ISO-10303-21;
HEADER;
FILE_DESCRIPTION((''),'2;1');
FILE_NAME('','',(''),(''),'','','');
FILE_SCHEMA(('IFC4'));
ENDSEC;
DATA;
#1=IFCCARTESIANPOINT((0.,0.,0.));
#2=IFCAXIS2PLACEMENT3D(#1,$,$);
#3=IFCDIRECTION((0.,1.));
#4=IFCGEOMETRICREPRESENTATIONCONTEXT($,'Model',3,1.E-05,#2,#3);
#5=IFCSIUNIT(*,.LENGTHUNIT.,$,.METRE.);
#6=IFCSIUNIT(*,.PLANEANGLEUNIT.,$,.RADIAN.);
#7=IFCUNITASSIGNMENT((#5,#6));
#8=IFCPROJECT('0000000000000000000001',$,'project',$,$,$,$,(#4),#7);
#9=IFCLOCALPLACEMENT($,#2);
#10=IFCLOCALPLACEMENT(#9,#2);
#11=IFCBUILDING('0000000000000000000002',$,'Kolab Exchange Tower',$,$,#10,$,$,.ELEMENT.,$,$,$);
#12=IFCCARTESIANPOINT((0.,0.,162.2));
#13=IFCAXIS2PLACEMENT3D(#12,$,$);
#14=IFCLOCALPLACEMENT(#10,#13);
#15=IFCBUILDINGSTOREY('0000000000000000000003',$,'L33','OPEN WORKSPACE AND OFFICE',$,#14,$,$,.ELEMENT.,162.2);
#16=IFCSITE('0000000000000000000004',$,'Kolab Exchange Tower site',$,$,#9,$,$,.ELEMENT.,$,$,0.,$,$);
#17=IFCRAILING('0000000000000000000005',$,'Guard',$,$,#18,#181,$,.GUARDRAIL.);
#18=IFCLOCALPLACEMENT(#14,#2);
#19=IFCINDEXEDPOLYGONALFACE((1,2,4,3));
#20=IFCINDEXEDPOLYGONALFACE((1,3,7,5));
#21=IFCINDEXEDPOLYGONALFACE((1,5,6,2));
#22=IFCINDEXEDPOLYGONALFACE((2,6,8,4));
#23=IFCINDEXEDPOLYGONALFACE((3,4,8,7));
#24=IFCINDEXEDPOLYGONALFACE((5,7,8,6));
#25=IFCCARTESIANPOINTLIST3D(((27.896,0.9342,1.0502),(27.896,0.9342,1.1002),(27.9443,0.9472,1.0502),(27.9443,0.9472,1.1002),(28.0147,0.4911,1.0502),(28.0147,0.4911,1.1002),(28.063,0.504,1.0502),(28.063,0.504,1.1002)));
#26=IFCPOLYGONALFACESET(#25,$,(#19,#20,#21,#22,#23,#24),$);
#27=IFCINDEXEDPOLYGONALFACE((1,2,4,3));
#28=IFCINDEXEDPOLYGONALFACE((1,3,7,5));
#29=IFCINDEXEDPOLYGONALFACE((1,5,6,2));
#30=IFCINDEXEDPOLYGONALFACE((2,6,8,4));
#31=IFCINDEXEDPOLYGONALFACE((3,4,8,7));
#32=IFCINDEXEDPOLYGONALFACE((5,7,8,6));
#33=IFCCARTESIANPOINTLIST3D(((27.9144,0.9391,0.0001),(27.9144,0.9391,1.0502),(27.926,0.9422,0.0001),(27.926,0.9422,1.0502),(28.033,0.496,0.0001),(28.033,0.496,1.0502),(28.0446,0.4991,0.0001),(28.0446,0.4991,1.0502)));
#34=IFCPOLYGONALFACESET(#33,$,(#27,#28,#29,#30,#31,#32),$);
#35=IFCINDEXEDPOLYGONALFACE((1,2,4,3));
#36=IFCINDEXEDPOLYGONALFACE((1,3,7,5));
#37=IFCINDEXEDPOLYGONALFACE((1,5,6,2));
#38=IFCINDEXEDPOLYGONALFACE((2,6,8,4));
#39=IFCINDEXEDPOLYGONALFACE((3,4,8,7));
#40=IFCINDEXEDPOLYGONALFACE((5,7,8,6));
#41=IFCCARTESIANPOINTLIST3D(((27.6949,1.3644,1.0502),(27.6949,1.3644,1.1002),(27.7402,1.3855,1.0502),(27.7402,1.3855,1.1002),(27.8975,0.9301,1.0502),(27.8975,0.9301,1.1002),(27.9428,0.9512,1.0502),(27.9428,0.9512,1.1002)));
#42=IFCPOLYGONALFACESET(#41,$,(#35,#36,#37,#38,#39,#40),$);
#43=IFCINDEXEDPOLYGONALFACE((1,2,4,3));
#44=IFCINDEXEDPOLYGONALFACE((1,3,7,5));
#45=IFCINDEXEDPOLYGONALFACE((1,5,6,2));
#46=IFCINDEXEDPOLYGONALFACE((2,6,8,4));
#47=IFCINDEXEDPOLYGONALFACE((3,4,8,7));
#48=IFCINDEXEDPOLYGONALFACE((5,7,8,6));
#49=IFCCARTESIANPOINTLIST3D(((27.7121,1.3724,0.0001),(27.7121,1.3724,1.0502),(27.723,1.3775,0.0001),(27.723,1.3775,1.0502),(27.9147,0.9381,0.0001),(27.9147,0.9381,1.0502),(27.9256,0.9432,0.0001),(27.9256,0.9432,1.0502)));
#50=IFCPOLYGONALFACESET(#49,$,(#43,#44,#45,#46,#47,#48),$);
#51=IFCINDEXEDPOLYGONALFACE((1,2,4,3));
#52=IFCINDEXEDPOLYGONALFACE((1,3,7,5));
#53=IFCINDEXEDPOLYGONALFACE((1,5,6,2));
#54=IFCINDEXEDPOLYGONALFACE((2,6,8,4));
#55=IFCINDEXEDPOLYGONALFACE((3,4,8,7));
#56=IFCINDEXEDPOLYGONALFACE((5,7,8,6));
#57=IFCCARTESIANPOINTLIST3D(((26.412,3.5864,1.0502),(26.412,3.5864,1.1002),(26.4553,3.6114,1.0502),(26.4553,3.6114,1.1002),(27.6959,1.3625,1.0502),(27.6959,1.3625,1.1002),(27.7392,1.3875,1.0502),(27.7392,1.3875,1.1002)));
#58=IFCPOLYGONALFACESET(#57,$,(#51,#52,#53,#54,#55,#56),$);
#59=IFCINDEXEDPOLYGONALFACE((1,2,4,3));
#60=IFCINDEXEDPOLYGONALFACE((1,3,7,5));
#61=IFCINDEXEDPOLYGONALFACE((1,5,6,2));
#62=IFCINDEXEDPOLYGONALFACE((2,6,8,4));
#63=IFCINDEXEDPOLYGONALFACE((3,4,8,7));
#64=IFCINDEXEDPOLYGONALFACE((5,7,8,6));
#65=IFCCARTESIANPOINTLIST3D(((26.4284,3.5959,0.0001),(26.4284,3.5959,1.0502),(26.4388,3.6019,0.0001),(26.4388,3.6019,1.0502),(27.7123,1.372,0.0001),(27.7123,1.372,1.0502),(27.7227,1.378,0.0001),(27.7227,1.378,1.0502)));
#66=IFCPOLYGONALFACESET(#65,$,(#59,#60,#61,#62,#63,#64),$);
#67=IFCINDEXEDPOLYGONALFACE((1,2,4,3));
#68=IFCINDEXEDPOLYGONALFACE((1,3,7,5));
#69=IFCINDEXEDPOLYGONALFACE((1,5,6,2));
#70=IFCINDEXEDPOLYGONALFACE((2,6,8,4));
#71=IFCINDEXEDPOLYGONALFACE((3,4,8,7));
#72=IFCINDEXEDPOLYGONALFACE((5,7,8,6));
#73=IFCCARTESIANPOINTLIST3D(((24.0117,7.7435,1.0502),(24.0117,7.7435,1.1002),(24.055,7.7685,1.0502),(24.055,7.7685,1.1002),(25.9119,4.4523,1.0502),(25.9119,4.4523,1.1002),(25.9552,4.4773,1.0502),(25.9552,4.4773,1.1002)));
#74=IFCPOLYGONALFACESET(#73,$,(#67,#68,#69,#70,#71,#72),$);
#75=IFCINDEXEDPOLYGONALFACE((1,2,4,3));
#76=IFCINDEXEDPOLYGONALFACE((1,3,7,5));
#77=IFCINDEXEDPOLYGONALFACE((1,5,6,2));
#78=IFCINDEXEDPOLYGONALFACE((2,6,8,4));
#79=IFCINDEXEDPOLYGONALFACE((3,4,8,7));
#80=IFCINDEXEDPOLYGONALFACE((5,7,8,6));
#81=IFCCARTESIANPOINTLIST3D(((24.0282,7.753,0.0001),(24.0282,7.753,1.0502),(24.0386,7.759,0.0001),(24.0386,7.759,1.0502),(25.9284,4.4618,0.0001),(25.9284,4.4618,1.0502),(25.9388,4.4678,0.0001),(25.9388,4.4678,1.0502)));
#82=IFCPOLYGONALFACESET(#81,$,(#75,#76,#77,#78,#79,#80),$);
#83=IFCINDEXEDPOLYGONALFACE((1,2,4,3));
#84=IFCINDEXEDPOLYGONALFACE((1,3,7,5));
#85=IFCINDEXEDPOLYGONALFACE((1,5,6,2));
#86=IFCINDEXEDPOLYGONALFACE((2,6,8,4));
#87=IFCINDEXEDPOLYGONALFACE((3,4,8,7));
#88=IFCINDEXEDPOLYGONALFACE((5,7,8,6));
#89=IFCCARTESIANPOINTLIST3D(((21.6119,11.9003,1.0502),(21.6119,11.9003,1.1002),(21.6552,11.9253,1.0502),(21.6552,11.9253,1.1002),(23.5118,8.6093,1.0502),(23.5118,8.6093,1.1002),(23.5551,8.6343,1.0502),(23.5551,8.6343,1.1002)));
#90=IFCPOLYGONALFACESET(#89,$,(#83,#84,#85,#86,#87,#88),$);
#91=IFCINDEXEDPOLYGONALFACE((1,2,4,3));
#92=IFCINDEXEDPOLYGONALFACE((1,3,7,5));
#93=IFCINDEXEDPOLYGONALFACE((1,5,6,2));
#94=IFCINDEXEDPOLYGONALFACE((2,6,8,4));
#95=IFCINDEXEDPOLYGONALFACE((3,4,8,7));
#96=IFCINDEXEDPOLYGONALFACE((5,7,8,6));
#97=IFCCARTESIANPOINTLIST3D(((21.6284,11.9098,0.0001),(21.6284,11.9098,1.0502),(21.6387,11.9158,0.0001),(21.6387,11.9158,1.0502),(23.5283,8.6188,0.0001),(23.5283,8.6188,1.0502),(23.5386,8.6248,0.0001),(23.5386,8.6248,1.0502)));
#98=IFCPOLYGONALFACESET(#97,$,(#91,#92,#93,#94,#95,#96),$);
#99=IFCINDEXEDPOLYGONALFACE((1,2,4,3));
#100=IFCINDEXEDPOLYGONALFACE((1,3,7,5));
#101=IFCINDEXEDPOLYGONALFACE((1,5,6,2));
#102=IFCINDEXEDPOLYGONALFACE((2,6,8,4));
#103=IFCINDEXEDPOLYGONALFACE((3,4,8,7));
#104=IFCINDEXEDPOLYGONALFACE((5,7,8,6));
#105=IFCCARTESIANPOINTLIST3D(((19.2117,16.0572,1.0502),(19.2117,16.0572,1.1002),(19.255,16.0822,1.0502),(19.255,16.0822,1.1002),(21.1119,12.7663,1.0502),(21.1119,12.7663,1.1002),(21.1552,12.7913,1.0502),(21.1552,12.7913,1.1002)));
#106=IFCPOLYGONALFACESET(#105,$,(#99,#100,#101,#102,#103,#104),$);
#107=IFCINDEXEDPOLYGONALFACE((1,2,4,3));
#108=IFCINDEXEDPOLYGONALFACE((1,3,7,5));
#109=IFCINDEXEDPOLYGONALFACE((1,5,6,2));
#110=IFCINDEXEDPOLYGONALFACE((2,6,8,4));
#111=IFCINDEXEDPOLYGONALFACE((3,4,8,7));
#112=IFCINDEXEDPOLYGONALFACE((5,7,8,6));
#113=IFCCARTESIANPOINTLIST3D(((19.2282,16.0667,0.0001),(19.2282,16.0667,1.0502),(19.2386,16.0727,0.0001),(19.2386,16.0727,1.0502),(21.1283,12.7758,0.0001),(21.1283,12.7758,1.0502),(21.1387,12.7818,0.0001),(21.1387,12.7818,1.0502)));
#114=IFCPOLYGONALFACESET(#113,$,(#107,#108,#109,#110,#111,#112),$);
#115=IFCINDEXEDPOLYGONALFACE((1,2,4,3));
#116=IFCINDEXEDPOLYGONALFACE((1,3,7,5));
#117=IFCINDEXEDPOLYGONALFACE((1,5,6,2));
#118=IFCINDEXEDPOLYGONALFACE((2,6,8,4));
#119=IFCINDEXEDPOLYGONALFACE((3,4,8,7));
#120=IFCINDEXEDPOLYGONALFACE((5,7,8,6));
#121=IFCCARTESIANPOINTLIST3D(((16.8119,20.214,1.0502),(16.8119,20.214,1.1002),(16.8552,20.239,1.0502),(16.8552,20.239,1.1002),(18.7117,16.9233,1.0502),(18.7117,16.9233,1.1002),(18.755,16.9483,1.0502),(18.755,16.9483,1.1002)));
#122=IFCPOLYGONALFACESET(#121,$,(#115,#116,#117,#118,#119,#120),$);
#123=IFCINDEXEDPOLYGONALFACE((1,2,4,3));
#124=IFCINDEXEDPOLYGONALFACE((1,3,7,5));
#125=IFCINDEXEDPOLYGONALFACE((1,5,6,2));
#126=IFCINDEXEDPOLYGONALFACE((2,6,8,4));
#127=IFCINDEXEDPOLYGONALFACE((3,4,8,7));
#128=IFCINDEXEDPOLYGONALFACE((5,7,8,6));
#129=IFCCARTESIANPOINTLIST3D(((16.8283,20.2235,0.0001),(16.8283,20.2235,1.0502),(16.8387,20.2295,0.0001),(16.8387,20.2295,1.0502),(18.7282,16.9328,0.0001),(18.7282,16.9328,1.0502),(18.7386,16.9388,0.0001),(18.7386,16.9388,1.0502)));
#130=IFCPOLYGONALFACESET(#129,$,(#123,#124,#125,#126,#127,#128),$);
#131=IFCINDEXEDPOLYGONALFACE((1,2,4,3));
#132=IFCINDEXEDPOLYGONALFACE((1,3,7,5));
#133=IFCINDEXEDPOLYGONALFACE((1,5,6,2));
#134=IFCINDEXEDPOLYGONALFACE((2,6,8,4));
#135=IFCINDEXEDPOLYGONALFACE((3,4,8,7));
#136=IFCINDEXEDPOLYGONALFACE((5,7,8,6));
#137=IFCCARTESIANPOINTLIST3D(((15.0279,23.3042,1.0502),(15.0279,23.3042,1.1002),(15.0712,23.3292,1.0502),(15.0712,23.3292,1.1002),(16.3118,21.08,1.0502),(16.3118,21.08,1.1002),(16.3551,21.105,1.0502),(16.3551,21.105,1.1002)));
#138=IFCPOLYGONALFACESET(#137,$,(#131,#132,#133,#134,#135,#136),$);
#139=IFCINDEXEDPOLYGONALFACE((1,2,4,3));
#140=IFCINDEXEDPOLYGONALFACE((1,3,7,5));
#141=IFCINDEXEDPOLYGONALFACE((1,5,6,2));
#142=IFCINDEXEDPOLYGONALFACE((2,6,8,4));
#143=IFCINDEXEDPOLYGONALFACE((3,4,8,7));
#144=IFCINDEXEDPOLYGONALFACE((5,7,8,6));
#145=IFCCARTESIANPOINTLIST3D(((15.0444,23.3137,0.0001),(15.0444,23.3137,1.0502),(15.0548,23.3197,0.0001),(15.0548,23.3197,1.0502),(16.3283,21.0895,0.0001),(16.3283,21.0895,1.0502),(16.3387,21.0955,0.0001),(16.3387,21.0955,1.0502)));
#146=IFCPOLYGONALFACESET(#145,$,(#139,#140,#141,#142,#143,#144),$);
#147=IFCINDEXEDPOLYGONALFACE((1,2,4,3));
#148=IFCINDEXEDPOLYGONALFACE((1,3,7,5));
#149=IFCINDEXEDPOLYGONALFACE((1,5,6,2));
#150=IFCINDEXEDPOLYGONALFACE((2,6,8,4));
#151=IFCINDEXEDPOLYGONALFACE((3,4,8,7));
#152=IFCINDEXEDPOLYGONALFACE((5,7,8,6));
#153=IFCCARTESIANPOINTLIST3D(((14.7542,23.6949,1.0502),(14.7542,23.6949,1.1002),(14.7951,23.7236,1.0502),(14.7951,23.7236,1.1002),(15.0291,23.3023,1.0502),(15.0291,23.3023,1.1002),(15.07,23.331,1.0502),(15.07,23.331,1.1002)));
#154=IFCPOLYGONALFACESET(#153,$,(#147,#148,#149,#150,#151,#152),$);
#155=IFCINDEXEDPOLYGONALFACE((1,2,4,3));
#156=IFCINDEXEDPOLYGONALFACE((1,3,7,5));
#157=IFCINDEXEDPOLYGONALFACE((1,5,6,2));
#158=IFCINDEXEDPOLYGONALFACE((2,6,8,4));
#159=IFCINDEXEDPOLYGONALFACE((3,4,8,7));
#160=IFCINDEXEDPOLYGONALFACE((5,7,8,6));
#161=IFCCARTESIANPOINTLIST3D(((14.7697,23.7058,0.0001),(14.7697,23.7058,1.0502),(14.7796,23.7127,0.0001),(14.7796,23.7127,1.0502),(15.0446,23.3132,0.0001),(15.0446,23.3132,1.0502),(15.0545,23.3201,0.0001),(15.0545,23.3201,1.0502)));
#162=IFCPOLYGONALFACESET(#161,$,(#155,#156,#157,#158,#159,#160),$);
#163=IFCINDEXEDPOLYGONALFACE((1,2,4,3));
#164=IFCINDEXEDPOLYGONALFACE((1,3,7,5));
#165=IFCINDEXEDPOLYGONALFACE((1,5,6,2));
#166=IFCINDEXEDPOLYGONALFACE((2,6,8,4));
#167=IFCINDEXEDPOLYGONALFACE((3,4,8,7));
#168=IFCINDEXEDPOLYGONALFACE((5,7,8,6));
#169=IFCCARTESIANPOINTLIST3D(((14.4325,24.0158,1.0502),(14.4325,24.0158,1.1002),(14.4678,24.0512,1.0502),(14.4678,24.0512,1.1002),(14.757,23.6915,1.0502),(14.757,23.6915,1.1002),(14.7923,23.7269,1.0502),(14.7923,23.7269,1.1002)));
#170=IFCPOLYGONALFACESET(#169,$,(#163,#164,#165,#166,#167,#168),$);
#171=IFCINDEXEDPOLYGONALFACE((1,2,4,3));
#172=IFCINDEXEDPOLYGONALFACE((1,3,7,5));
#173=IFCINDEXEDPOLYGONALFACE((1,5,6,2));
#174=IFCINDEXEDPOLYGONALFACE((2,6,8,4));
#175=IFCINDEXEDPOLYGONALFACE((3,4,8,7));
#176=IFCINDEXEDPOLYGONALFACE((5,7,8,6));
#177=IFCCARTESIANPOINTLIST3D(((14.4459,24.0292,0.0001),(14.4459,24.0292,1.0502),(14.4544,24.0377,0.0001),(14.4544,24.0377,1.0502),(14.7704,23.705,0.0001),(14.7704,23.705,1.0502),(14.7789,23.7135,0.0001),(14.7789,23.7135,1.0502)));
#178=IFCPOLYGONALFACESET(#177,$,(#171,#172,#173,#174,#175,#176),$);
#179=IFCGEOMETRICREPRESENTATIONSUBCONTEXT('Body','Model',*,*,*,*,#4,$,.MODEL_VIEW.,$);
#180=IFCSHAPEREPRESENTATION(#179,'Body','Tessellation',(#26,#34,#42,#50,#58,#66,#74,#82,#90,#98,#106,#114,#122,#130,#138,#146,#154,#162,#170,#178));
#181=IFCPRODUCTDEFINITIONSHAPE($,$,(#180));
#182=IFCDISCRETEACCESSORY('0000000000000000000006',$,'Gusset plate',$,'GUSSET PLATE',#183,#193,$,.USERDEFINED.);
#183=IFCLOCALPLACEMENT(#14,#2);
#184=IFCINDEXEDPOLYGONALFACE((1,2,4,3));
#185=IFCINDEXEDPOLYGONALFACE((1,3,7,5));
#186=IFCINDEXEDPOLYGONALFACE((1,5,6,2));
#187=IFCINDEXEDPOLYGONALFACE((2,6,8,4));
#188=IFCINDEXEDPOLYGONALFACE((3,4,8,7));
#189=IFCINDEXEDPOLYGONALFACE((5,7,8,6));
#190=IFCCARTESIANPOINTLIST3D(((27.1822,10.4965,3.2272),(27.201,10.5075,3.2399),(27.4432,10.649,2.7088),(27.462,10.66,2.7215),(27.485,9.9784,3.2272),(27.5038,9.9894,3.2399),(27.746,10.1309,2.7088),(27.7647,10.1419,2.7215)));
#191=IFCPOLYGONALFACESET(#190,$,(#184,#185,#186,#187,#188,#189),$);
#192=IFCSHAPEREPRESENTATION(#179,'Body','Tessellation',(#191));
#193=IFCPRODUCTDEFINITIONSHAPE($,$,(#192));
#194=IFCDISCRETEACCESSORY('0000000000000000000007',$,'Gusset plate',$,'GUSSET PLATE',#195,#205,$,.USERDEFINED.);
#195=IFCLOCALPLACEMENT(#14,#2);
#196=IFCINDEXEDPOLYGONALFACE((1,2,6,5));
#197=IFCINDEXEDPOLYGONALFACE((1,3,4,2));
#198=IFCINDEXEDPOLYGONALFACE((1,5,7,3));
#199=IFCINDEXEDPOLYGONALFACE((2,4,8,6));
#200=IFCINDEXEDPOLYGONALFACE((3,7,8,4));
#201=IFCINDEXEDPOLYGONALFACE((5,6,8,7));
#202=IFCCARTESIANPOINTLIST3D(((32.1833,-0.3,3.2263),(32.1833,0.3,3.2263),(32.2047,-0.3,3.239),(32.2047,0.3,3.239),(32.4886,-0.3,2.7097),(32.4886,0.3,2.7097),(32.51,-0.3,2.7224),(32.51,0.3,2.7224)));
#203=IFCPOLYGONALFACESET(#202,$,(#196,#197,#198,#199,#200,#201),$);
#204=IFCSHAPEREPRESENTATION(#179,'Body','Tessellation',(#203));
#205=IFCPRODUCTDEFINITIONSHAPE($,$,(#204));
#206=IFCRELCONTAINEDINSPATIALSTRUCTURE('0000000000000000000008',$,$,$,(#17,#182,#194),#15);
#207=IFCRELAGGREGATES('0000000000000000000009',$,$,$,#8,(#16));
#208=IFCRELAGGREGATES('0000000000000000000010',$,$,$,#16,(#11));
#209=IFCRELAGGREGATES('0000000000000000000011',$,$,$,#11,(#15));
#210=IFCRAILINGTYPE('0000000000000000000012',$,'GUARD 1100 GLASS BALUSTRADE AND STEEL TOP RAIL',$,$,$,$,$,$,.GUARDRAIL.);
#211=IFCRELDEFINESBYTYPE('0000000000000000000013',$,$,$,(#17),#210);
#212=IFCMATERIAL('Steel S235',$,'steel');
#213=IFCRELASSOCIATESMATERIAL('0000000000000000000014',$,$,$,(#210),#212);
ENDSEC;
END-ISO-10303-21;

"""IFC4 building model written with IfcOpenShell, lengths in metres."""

from ifc_helpers import new_model, si_unit, direction, frame, frame_2d, origin, origin_2d, place, context, subcontext, project, spatial, rectangle, extrude, material, type_object, element, save


model = new_model("IFC4")

# Units and contexts
model_context = context("Model", 3, precision=1e-05, world=origin(), true_north=direction((0.0, 1.0)))
body_context = subcontext(model_context, "Body", "Model", "MODEL_VIEW")
ifc_project = project(units=[si_unit("LENGTHUNIT", "METRE"), si_unit("PLANEANGLEUNIT", "RADIAN")], contexts=[model_context])

# Site, building, storey
site_placement = place(None, origin())
site = spatial("IfcSite", under=ifc_project, at=site_placement, Name="Kolab Exchange Tower site", CompositionType="ELEMENT", RefElevation=0.0)
building_placement = place(site_placement, origin())
building = spatial("IfcBuilding", under=site, at=building_placement, Name="Kolab Exchange Tower", CompositionType="ELEMENT")
storey_placement = place(building_placement, frame((0.0, 0.0, 162.2)))
storey = spatial("IfcBuildingStorey", under=building, at=storey_placement, Name="L33", Description="OPEN WORKSPACE AND OFFICE", CompositionType="ELEMENT", Elevation=162.2)

# Railing
ifc_material_1 = material(Name="Steel S235", Category="steel")
railing_type = type_object("IfcRailingType", Name="GUARD 1100 GLASS BALUSTRADE AND STEEL TOP RAIL", PredefinedType="GUARDRAIL", material=ifc_material_1)
railing_placement = place(storey_placement, frame((28.0388, 0.4976, 0.0)))
element("IfcRailing", 1, at=railing_placement, inside=storey, type_object=railing_type, Name="Guard", PredefinedType="GUARDRAIL", context=body_context, shape_type="SweptSolid", body=[
    extrude(rectangle(XDim=0.05, YDim=0.05, at=origin_2d()), frame((0.0, 0.0, 1.0752), z_axis=(-0.258656, 0.965969, 0.0), x_axis=(-0.965969, -0.258656, 0.0)), (0.0, 0.0, 1.0), 0.4587),
    extrude(rectangle(XDim=0.012, YDim=1.0501, at=frame_2d((0.0, 0.5251))), frame((0.0, 0.0, 0.0), z_axis=(-0.258656, 0.965969, 0.0), x_axis=(-0.965969, -0.258656, 0.0)), (0.0, 0.0, 1.0), 0.4587),
    extrude(rectangle(XDim=0.05, YDim=0.05, at=origin_2d()), frame((-0.1187, 0.4431, 1.0752), z_axis=(-0.422802, 0.906222, 0.0), x_axis=(-0.906222, -0.422802, 0.0)), (0.0, 0.0, 1.0), 0.4792),
    extrude(rectangle(XDim=0.012, YDim=1.0501, at=frame_2d((0.0, 0.5251))), frame((-0.1187, 0.4431, 0.0), z_axis=(-0.422802, 0.906222, 0.0), x_axis=(-0.906222, -0.422802, 0.0)), (0.0, 0.0, 1.0), 0.4792),
    extrude(rectangle(XDim=0.05, YDim=0.05, at=origin_2d()), frame((-0.3213, 0.8774, 1.0752), z_axis=(-0.499994, 0.866029, 0.0), x_axis=(-0.866029, -0.499994, 0.0)), (0.0, 0.0, 1.0), 2.5679),
    extrude(rectangle(XDim=0.012, YDim=1.0501, at=frame_2d((0.0, 0.5251))), frame((-0.3213, 0.8774, 0.0), z_axis=(-0.499994, 0.866029, 0.0), x_axis=(-0.866029, -0.499994, 0.0)), (0.0, 0.0, 1.0), 2.5679),
    extrude(rectangle(XDim=0.05, YDim=0.05, at=origin_2d()), frame((-2.1052, 3.9673, 1.0752), z_axis=(-0.500015, 0.866017, 0.0), x_axis=(-0.866017, -0.500015, 0.0)), (0.0, 0.0, 1.0), 3.8003),
    extrude(rectangle(XDim=0.012, YDim=1.0501, at=frame_2d((0.0, 0.5251))), frame((-2.1052, 3.9673, 0.0), z_axis=(-0.500015, 0.866017, 0.0), x_axis=(-0.866017, -0.500015, 0.0)), (0.0, 0.0, 1.0), 3.8003),
    extrude(rectangle(XDim=0.05, YDim=0.05, at=origin_2d()), frame((-4.5054, 8.1243, 1.0752), z_axis=(-0.499967, 0.866044, 0.0), x_axis=(-0.866044, -0.499967, 0.0)), (0.0, 0.0, 1.0), 3.8),
    extrude(rectangle(XDim=0.012, YDim=1.0501, at=frame_2d((0.0, 0.5251))), frame((-4.5054, 8.1243, 0.0), z_axis=(-0.499967, 0.866044, 0.0), x_axis=(-0.866044, -0.499967, 0.0)), (0.0, 0.0, 1.0), 3.8),
    extrude(rectangle(XDim=0.05, YDim=0.05, at=origin_2d()), frame((-6.9053, 12.2812, 1.0752), z_axis=(-0.500043, 0.866, 0.0), x_axis=(-0.866, -0.500043, 0.0)), (0.0, 0.0, 1.0), 3.8),
    extrude(rectangle(XDim=0.012, YDim=1.0501, at=frame_2d((0.0, 0.5251))), frame((-6.9053, 12.2812, 0.0), z_axis=(-0.500043, 0.866, 0.0), x_axis=(-0.866, -0.500043, 0.0)), (0.0, 0.0, 1.0), 3.8),
    extrude(rectangle(XDim=0.05, YDim=0.05, at=origin_2d()), frame((-9.3054, 16.4382, 1.0752), z_axis=(-0.499995, 0.866028, 0.0), x_axis=(-0.866028, -0.499995, 0.0)), (0.0, 0.0, 1.0), 3.7998),
    extrude(rectangle(XDim=0.012, YDim=1.0501, at=frame_2d((0.0, 0.5251))), frame((-9.3054, 16.4382, 0.0), z_axis=(-0.499995, 0.866028, 0.0), x_axis=(-0.866028, -0.499995, 0.0)), (0.0, 0.0, 1.0), 3.7998),
    extrude(rectangle(XDim=0.05, YDim=0.05, at=origin_2d()), frame((-11.7053, 20.595, 1.0752), z_axis=(-0.499953, 0.866053, 0.0), x_axis=(-0.866053, -0.499953, 0.0)), (0.0, 0.0, 1.0), 2.5681),
    extrude(rectangle(XDim=0.012, YDim=1.0501, at=frame_2d((0.0, 0.5251))), frame((-11.7053, 20.595, 0.0), z_axis=(-0.499953, 0.866053, 0.0), x_axis=(-0.866053, -0.499953, 0.0)), (0.0, 0.0, 1.0), 2.5681),
    extrude(rectangle(XDim=0.05, YDim=0.05, at=origin_2d()), frame((-12.9893, 22.8191, 1.0752), z_axis=(-0.573599, 0.819136, 0.0), x_axis=(-0.819136, -0.573599, 0.0)), (0.0, 0.0, 1.0), 0.4792),
    extrude(rectangle(XDim=0.012, YDim=1.0501, at=frame_2d((0.0, 0.5251))), frame((-12.9893, 22.8191, 0.0), z_axis=(-0.573599, 0.819136, 0.0), x_axis=(-0.819136, -0.573599, 0.0)), (0.0, 0.0, 1.0), 0.4792),
    extrude(rectangle(XDim=0.05, YDim=0.05, at=origin_2d()), frame((-13.2642, 23.2117, 1.0752), z_axis=(-0.707373, 0.706841, 0.0), x_axis=(-0.706841, -0.707373, 0.0)), (0.0, 0.0, 1.0), 0.4587),
    extrude(rectangle(XDim=0.012, YDim=1.0501, at=frame_2d((0.0, 0.5251))), frame((-13.2642, 23.2117, 0.0), z_axis=(-0.707373, 0.706841, 0.0), x_axis=(-0.706841, -0.707373, 0.0)), (0.0, 0.0, 1.0), 0.4587),
])

# Discrete accessories
discrete_accessory_1_placement = place(storey_placement, frame((27.4641, 10.3137, 2.968), z_axis=(0.745852, 0.435888, 0.503693), x_axis=(-0.504568, 0.863372, 0.0)))
element("IfcDiscreteAccessory", 2, at=discrete_accessory_1_placement, inside=storey, Name="Gusset plate", ObjectType="GUSSET PLATE", PredefinedType="USERDEFINED", context=body_context, shape_type="SweptSolid", body=[
    extrude(rectangle(XDim=0.6001, YDim=0.6001, at=origin_2d()), origin(), (0.0, 0.0, 1.0), 0.0251),
])
discrete_accessory_2_placement = place(storey_placement, frame((32.3359, 0.0, 2.968), z_axis=(0.860927, 0.0, 0.508729), x_axis=(0.0, 1.0, 0.0)))
element("IfcDiscreteAccessory", 3, at=discrete_accessory_2_placement, inside=storey, Name="Gusset plate", ObjectType="GUSSET PLATE", PredefinedType="USERDEFINED", context=body_context, shape_type="SweptSolid", body=[
    extrude(rectangle(XDim=0.6001, YDim=0.6001, at=origin_2d()), origin(), (0.0, 0.0, 1.0), 0.0249),
])

save(model, "model.ifc")
